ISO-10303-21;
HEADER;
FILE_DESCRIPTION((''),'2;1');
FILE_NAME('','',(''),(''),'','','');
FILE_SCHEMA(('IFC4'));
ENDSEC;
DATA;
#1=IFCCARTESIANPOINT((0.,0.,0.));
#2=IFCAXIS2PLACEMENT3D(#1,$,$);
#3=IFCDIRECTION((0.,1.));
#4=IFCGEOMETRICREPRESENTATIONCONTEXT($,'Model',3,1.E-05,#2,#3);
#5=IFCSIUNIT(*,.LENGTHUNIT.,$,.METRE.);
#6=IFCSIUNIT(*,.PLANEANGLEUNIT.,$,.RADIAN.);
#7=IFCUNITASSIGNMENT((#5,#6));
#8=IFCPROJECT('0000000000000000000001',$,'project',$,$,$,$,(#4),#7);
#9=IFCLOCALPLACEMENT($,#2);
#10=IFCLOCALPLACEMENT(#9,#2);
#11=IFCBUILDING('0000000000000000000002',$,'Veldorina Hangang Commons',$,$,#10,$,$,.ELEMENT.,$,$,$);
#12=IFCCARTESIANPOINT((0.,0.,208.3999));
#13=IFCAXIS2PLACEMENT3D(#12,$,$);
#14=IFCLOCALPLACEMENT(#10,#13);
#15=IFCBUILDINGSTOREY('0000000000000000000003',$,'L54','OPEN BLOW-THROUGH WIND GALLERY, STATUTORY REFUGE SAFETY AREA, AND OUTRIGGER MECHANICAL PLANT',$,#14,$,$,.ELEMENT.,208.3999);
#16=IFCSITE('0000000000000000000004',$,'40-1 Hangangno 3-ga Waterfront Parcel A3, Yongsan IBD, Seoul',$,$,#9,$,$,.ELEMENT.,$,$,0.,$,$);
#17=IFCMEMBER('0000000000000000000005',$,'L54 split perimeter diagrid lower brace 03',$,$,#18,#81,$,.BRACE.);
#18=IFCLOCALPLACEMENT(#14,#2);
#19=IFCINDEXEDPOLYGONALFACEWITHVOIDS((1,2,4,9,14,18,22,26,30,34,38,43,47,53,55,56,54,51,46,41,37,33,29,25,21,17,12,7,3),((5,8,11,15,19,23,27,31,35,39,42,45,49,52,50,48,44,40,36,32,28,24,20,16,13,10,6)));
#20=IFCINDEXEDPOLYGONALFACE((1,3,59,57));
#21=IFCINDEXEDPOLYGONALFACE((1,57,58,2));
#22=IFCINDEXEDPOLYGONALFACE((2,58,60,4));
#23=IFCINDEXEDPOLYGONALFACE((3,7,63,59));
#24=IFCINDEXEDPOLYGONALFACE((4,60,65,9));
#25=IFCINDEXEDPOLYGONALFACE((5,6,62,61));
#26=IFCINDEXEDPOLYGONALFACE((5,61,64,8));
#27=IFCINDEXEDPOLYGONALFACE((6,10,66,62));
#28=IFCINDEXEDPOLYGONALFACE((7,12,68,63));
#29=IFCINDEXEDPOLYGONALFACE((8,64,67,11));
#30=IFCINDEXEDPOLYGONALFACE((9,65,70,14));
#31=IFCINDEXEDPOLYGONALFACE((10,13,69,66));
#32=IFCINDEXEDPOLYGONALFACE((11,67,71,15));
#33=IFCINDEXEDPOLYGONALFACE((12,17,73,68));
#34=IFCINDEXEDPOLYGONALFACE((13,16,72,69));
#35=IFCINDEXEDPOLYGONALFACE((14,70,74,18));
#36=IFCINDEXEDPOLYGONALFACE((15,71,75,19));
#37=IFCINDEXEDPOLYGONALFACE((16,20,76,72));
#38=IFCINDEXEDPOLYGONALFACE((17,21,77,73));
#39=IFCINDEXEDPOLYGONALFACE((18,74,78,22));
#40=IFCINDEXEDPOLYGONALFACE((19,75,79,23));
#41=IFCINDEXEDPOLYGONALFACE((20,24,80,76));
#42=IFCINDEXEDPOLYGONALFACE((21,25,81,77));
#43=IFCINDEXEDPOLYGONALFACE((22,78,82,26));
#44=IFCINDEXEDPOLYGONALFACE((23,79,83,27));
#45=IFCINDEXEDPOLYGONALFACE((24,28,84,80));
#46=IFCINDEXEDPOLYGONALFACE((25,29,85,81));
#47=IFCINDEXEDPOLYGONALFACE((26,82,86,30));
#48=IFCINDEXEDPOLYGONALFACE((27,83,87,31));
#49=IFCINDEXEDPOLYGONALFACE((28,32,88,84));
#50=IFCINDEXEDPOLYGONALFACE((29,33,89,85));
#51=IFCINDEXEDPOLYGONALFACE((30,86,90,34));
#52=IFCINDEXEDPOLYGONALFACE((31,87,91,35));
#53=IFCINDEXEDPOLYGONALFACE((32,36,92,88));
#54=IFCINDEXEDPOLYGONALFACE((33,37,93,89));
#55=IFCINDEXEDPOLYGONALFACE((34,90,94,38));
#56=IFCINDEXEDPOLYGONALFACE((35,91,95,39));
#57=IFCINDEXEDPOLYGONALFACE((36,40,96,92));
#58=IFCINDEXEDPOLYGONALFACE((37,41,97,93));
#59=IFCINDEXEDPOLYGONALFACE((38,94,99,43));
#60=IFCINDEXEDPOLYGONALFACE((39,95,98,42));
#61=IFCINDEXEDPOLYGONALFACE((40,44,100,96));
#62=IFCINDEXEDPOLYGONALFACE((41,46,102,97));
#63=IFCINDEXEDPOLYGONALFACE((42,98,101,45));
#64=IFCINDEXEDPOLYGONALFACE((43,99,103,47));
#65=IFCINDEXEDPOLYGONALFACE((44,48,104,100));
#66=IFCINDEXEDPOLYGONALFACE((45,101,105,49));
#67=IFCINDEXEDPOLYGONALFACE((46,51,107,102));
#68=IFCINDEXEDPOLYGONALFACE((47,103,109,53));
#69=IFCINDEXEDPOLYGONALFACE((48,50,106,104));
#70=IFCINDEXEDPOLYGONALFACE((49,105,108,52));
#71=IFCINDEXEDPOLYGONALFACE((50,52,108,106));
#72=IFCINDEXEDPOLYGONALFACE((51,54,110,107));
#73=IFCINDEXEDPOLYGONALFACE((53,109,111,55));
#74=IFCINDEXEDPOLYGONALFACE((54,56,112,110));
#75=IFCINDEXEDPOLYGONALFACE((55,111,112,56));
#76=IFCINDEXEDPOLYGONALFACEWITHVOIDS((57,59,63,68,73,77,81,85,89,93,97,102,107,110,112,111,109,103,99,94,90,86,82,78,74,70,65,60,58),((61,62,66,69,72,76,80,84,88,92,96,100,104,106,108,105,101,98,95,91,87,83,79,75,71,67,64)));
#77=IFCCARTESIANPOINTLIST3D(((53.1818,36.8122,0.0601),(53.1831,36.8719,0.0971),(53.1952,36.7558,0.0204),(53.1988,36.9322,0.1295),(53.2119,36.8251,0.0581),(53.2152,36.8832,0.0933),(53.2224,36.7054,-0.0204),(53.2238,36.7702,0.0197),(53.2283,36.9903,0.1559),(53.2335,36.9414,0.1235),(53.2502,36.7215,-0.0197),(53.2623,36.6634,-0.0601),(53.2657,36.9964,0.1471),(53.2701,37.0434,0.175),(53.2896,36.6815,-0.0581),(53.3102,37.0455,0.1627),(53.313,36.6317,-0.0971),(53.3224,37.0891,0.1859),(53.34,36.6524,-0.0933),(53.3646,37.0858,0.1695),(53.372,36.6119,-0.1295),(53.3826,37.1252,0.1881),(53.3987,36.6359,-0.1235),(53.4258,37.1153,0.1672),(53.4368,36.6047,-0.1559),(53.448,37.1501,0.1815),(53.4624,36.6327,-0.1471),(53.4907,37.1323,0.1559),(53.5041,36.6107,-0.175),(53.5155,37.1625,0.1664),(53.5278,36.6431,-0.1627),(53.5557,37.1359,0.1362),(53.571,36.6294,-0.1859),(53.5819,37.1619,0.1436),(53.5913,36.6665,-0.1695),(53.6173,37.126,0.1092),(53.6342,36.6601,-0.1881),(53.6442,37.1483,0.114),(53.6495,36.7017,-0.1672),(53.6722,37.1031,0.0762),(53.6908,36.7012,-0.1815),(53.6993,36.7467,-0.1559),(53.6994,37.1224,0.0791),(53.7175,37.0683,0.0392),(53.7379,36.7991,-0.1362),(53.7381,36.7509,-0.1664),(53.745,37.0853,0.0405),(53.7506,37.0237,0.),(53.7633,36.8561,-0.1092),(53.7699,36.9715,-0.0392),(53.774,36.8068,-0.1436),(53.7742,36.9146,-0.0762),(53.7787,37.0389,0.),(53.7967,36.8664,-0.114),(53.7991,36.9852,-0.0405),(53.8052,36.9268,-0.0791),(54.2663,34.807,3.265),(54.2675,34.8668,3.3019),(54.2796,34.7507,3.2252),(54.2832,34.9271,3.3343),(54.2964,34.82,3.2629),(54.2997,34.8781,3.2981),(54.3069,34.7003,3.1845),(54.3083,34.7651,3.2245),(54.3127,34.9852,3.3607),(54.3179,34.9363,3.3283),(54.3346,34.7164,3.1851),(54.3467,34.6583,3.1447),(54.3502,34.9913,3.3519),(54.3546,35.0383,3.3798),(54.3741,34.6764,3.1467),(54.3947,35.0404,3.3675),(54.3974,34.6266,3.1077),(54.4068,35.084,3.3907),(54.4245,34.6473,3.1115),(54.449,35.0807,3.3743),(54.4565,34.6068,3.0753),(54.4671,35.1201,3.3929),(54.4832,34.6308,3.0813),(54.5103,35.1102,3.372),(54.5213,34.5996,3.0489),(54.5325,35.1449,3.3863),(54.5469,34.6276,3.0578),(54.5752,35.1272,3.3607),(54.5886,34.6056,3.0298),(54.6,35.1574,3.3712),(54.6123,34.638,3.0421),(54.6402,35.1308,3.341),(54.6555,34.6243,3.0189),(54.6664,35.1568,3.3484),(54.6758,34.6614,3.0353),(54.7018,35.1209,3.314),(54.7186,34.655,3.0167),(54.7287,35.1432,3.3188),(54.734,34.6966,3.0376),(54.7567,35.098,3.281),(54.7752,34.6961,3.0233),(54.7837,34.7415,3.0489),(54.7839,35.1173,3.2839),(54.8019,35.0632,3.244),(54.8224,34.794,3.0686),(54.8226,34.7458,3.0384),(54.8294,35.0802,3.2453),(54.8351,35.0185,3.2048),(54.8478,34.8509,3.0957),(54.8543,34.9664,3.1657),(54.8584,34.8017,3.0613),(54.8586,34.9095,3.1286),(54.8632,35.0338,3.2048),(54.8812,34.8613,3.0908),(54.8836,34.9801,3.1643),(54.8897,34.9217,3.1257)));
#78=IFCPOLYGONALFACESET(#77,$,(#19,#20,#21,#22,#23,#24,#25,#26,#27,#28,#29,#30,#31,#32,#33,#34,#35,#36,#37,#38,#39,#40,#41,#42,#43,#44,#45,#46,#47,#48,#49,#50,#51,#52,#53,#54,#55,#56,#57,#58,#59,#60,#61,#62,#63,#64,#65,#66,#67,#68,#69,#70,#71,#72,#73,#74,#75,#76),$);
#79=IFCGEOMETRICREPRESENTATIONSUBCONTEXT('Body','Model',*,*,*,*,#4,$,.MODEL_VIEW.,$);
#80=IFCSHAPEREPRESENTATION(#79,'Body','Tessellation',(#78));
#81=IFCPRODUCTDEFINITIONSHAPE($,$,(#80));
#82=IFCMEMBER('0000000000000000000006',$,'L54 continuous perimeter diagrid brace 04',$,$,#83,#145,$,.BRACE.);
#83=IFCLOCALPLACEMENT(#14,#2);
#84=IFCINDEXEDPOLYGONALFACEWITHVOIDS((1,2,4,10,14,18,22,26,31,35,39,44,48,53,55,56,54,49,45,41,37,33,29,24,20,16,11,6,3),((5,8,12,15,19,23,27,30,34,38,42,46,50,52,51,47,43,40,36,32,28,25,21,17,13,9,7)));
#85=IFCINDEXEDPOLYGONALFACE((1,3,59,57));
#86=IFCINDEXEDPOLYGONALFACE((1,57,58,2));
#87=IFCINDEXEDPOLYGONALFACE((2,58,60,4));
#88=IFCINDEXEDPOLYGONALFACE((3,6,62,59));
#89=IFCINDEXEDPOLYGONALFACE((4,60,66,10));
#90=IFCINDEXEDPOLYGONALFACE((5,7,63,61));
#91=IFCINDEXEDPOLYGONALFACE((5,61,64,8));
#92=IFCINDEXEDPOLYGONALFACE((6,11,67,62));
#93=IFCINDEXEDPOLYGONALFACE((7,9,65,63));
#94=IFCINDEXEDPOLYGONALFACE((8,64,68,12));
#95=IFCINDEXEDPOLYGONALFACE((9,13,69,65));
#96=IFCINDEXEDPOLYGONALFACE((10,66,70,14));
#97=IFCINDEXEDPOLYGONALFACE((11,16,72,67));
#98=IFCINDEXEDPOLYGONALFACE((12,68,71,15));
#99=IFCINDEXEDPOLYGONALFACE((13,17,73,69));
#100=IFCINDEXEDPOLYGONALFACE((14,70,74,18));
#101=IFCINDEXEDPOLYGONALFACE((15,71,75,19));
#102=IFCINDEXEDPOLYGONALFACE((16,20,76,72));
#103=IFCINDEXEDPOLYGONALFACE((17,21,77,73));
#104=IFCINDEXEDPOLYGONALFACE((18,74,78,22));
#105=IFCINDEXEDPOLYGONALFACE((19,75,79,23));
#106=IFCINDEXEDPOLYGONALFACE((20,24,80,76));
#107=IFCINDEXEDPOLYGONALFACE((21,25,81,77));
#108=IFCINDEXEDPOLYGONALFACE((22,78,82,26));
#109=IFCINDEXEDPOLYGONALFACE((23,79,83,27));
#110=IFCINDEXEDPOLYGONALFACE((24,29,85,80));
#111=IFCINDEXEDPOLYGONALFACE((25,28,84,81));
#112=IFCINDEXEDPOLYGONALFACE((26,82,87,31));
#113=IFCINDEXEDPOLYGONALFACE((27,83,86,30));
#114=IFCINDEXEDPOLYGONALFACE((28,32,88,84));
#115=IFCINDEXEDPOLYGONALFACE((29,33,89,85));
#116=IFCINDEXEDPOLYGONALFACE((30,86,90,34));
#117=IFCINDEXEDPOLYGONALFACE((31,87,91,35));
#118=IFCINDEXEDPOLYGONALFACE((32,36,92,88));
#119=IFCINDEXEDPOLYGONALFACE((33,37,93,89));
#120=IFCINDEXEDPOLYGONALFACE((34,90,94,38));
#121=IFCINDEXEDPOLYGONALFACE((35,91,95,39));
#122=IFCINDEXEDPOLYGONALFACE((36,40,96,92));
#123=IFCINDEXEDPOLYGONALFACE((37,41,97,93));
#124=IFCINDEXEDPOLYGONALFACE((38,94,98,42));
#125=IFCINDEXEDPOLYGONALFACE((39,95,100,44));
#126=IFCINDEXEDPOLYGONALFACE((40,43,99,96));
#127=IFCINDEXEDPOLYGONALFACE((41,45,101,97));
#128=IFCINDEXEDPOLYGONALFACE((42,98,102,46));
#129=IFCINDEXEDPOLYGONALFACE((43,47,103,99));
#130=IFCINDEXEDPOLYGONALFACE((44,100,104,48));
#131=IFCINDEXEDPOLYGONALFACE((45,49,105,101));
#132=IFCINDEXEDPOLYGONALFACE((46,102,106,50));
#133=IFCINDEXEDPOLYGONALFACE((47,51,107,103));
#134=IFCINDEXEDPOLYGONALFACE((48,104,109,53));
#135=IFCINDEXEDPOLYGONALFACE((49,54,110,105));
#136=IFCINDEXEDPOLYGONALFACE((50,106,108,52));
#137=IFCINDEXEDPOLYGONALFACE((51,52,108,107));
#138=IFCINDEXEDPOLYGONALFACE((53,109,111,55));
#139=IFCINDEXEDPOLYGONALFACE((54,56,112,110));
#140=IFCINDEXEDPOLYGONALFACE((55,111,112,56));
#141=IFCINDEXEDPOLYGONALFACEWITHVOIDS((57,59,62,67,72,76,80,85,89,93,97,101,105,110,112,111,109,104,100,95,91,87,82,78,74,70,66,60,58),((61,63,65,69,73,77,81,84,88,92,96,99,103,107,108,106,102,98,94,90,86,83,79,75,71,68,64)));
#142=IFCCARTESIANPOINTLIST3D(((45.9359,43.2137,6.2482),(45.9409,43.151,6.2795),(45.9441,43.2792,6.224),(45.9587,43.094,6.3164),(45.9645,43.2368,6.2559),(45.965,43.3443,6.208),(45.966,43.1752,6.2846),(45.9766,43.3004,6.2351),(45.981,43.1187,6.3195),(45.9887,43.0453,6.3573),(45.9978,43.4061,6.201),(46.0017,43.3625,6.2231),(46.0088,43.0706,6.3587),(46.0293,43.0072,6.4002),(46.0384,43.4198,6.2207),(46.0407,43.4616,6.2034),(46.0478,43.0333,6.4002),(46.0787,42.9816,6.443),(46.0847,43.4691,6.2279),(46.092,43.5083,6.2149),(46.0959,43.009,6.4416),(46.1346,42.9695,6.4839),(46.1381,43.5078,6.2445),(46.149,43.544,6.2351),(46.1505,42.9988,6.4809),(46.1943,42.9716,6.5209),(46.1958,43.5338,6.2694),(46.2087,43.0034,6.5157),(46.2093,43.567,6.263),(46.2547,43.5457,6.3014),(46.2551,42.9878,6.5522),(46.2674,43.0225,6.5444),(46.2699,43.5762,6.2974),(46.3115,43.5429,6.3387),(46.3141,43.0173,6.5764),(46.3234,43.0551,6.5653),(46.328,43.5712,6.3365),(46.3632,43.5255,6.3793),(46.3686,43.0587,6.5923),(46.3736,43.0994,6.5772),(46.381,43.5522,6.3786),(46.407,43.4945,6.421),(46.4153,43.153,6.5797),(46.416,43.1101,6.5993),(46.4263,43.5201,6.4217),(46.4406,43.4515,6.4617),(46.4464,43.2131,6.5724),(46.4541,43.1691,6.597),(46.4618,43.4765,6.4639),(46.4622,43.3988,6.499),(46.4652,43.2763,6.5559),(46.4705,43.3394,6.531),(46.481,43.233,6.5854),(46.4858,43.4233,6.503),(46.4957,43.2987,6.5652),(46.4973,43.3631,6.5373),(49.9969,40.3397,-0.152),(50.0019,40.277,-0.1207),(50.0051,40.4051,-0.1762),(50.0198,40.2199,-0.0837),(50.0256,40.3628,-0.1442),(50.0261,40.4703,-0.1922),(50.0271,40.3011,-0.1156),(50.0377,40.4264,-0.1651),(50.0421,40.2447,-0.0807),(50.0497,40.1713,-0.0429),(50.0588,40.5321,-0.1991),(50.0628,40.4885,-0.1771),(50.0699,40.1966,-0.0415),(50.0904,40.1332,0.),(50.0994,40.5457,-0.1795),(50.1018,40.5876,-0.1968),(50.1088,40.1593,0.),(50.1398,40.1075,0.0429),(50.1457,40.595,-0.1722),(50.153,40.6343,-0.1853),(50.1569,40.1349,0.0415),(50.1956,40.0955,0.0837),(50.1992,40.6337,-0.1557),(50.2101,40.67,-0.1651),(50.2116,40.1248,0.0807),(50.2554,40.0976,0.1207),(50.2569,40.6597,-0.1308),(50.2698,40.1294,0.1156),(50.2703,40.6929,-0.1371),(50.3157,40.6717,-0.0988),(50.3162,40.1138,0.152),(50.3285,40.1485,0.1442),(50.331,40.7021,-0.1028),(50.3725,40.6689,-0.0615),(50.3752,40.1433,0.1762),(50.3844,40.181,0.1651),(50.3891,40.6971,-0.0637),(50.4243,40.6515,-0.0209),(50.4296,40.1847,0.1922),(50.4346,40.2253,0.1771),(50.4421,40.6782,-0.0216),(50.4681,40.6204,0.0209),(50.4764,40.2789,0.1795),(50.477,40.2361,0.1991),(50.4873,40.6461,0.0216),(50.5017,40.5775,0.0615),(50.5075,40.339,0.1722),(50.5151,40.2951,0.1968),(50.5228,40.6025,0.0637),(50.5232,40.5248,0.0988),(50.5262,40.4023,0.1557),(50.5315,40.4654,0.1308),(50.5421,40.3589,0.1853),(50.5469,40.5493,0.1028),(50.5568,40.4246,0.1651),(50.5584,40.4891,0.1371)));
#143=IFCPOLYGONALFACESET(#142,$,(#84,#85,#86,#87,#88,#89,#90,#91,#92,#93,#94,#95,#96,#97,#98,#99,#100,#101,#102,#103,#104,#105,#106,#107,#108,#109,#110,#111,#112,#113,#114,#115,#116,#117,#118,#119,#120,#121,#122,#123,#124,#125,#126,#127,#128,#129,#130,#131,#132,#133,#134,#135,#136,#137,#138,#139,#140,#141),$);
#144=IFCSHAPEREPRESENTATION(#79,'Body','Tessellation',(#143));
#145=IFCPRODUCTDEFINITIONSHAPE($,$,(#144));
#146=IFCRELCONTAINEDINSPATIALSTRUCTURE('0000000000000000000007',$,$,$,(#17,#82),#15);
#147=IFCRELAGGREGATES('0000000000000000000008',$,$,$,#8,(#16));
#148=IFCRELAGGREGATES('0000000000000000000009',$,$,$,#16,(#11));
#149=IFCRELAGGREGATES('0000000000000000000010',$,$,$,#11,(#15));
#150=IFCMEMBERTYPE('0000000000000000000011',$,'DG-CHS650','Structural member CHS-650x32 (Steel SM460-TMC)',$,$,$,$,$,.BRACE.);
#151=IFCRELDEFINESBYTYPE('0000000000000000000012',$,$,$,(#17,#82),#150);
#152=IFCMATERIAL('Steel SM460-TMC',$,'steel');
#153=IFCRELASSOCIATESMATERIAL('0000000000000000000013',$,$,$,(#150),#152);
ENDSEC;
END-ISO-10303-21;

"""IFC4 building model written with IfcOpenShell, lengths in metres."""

from ifc_helpers import new_model, si_unit, direction, frame, origin, origin_2d, place, context, subcontext, project, spatial, hollow_circle, extrude, material, material_profile, profile_set, type_object, element, save


model = new_model("IFC4")

# Units and contexts
model_context = context("Model", 3, precision=1e-05, world=origin(), true_north=direction((0.0, 1.0)))
body_context = subcontext(model_context, "Body", "Model", "MODEL_VIEW")
ifc_project = project(units=[si_unit("LENGTHUNIT", "METRE"), si_unit("PLANEANGLEUNIT", "RADIAN")], contexts=[model_context])

# Site, building, storey
site_placement = place(None, origin())
site = spatial("IfcSite", under=ifc_project, at=site_placement, Name="40-1 Hangangno 3-ga Waterfront Parcel A3, Yongsan IBD, Seoul", CompositionType="ELEMENT", RefElevation=0.0)
building_placement = place(site_placement, origin())
building = spatial("IfcBuilding", under=site, at=building_placement, Name="Veldorina Hangang Commons", CompositionType="ELEMENT")
storey_placement = place(building_placement, frame((0.0, 0.0, 208.3999)))
storey = spatial("IfcBuildingStorey", under=building, at=storey_placement, Name="L54", Description="OPEN BLOW-THROUGH WIND GALLERY, STATUTORY REFUGE SAFETY AREA, AND OUTRIGGER MECHANICAL PLANT", CompositionType="ELEMENT", Elevation=208.3999)

# Shared definitions
ifc_material_1 = material(Name="Steel SM460-TMC", Category="steel")

# Members
ifc_material_profile_1 = material_profile(ifc_material_1, hollow_circle(Radius=0.325, WallThickness=0.032, at=origin_2d()), Name="CHS-650x32")
ifc_profile_set_1 = profile_set([ifc_material_profile_1], Name="Steel SM460-TMC")
member_type_1 = type_object("IfcMemberType", Name="DG-CHS650", Description="Structural member CHS-650x32 (Steel SM460-TMC)", PredefinedType="BRACE", material=ifc_profile_set_1)
member_1_placement = place(storey_placement, frame((53.4929, 36.8843, 0.0), z_axis=(0.275745, -0.509836, 0.814881), x_axis=(0.879593, 0.475728, 0.0)))
element("IfcMember", 1, at=member_1_placement, inside=storey, type_object=member_type_1, Name="L54 split perimeter diagrid lower brace 03", PredefinedType="BRACE", context=body_context, shape_type="SweptSolid", body=[
    extrude(hollow_circle(Radius=0.325, WallThickness=0.032, at=origin_2d()), origin(), (0.0, 0.0, 1.0), 3.9329),
])
member_2_placement = place(storey_placement, frame((50.2781, 40.3984, 0.0), z_axis=(-0.500966, 0.354537, 0.789517), x_axis=(-0.577677, -0.816266, 0.0)))
element("IfcMember", 2, at=member_2_placement, inside=storey, type_object=member_type_1, Name="L54 continuous perimeter diagrid brace 04", PredefinedType="BRACE", context=body_context, shape_type="SweptSolid", body=[
    extrude(hollow_circle(Radius=0.325, WallThickness=0.032, at=origin_2d()), origin(), (0.0, 0.0, 1.0), 8.1064),
])

save(model, "model.ifc")
